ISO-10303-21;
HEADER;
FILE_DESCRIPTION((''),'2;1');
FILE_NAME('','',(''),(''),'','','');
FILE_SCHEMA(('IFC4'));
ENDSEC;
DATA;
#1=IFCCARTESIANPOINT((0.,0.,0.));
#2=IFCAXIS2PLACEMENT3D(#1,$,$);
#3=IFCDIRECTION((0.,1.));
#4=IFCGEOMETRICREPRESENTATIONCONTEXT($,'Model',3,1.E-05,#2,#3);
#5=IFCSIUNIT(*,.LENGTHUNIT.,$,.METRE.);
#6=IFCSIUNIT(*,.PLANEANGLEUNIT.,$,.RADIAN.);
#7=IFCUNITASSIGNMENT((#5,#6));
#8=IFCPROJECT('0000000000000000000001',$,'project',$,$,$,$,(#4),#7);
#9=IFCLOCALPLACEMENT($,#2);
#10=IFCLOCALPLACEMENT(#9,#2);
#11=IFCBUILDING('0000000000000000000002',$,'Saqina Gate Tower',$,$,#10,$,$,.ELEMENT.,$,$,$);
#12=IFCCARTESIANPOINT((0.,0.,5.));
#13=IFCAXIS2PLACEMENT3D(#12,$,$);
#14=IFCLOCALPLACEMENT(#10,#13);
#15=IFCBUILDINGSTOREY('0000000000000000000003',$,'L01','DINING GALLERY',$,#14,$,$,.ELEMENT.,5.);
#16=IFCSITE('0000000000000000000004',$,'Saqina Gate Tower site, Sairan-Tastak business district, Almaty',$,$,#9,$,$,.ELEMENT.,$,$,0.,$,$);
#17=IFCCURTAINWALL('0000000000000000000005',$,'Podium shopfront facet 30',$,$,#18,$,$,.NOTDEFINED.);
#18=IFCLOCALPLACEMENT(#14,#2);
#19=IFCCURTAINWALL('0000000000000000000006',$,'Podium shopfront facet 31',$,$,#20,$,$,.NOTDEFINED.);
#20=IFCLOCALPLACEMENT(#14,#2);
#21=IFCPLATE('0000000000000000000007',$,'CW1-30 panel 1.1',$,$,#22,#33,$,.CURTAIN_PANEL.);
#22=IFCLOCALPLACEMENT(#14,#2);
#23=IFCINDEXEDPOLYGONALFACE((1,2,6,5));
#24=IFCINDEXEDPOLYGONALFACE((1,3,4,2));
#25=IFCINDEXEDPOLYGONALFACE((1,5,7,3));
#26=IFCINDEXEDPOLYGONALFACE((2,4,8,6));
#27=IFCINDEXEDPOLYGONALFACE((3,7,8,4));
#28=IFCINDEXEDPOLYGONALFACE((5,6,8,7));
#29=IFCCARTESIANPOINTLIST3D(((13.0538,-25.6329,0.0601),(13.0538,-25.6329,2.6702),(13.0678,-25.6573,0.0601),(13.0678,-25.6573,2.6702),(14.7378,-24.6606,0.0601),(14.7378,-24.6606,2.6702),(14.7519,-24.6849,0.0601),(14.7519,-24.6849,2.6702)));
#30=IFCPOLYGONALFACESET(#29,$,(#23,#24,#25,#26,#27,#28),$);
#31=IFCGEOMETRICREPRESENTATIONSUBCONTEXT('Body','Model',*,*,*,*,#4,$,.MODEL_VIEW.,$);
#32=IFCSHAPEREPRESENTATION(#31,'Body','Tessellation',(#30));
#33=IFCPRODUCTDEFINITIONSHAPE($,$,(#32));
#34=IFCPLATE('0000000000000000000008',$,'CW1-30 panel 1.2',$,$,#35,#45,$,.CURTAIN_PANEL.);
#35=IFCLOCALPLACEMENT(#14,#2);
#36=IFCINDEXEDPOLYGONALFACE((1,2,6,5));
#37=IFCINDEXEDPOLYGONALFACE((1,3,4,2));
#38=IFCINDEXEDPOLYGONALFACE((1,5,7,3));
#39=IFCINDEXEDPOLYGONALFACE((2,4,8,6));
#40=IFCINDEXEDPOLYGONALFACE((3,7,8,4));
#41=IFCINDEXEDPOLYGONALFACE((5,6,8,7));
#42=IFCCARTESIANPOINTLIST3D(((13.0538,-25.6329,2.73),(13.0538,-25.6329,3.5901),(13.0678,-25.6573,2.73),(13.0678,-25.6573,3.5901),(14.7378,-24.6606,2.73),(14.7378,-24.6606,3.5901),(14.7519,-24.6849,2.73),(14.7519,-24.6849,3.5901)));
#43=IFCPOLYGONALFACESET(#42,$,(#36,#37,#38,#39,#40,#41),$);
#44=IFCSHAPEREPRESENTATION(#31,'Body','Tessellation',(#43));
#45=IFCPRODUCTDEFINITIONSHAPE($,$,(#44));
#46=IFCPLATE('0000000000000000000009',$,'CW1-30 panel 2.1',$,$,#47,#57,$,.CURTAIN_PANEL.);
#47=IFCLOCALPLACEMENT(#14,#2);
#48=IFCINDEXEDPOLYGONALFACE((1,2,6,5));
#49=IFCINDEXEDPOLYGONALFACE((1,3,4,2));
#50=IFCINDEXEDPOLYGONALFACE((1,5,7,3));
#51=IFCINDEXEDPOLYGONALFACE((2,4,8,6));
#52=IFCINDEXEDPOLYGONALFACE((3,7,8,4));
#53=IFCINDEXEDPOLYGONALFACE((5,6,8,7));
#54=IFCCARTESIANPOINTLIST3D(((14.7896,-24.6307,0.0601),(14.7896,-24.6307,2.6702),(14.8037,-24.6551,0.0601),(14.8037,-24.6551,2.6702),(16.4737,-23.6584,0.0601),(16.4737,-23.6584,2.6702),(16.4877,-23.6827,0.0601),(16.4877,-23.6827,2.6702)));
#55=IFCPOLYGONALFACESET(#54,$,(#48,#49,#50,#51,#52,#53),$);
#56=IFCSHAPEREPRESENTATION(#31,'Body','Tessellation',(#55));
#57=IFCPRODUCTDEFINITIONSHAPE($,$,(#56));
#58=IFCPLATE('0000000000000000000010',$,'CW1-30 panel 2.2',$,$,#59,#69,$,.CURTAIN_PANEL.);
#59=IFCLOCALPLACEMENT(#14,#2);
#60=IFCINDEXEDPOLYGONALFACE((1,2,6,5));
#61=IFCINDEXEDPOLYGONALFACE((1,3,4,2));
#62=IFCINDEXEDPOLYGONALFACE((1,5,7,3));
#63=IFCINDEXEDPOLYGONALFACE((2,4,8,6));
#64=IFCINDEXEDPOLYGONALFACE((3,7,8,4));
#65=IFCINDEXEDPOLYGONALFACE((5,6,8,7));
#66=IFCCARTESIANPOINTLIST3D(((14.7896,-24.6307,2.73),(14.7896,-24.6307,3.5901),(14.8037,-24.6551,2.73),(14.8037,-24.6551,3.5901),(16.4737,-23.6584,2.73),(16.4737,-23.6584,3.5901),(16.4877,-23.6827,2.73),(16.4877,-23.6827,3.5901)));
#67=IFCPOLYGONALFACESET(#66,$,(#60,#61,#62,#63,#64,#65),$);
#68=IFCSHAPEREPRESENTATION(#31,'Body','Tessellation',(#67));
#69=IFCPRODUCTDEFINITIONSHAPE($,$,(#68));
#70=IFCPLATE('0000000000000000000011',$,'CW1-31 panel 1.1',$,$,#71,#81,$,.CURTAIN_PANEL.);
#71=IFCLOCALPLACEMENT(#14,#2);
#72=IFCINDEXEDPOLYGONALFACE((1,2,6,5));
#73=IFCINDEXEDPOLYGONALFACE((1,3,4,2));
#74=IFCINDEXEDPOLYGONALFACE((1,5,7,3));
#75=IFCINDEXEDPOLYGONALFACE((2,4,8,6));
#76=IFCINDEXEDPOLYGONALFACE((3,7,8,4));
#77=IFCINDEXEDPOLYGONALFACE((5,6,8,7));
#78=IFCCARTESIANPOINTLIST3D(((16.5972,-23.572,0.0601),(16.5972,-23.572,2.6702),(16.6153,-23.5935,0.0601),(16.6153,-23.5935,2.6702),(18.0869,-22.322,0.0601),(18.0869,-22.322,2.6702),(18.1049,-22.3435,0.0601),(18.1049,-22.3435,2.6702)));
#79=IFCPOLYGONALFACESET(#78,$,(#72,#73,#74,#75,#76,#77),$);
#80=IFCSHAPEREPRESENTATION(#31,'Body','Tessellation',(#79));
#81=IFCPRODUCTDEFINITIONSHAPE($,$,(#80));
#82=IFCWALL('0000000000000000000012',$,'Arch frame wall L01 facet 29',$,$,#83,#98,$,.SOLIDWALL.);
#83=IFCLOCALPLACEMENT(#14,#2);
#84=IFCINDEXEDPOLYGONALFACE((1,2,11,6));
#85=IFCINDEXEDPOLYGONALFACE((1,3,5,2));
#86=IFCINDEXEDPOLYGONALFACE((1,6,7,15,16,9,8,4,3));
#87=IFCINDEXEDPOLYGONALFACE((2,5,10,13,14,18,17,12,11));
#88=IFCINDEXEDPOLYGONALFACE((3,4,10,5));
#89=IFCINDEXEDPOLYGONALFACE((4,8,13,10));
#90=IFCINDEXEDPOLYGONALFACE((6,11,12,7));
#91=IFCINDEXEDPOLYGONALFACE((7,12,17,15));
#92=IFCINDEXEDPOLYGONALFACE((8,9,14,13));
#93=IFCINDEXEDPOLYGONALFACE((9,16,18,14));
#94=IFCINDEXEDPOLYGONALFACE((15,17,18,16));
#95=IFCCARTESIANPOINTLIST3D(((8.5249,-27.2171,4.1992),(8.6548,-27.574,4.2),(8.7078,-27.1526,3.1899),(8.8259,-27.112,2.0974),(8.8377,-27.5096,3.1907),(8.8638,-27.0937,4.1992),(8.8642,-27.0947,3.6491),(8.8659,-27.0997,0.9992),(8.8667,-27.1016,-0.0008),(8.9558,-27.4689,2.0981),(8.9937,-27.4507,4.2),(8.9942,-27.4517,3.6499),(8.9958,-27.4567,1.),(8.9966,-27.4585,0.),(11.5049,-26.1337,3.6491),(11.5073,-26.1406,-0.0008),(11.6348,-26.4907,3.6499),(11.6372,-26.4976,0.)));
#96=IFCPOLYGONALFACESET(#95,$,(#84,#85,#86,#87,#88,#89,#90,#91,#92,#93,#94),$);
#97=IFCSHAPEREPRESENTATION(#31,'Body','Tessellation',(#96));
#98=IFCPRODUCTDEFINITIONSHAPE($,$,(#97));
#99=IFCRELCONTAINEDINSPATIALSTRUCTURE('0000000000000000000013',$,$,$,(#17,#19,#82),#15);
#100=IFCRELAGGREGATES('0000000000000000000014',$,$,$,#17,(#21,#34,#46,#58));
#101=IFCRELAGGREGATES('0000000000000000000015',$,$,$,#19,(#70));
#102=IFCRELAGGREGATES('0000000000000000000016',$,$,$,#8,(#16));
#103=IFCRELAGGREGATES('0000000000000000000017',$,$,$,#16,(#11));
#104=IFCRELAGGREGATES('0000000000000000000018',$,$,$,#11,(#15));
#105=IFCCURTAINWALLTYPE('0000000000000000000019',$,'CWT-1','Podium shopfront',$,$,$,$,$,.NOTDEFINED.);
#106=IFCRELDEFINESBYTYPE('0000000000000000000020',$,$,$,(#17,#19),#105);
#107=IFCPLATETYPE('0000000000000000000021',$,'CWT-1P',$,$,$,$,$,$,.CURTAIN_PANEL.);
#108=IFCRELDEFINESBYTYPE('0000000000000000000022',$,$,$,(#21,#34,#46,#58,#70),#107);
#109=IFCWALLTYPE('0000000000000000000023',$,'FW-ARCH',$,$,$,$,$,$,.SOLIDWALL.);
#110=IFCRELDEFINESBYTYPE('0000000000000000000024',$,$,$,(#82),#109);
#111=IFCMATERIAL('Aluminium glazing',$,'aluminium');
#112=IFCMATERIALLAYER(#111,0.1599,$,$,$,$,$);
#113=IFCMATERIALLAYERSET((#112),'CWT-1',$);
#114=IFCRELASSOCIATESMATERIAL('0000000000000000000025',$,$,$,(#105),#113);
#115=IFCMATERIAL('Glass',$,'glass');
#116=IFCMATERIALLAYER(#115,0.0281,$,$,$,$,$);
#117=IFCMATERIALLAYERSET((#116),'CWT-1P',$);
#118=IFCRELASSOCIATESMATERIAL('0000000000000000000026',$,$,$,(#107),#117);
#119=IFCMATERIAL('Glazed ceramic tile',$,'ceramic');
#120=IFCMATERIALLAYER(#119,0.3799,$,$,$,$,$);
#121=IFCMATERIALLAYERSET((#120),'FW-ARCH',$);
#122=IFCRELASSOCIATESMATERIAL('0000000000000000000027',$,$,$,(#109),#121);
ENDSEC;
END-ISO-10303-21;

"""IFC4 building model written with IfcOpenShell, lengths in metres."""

from ifc_helpers import new_model, si_unit, direction, frame, origin, origin_2d, place, context, subcontext, project, spatial, polyline, rectangle, outline, extrude, material, layer, layer_set, type_object, element, aggregate, save


model = new_model("IFC4")

# Units and contexts
model_context = context("Model", 3, precision=1e-05, world=origin(), true_north=direction((0.0, 1.0)))
body_context = subcontext(model_context, "Body", "Model", "MODEL_VIEW")
ifc_project = project(units=[si_unit("LENGTHUNIT", "METRE"), si_unit("PLANEANGLEUNIT", "RADIAN")], contexts=[model_context])

# Site, building, storey
site_placement = place(None, origin())
site = spatial("IfcSite", under=ifc_project, at=site_placement, Name="Saqina Gate Tower site, Sairan-Tastak business district, Almaty", CompositionType="ELEMENT", RefElevation=0.0)
building_placement = place(site_placement, origin())
building = spatial("IfcBuilding", under=site, at=building_placement, Name="Saqina Gate Tower", CompositionType="ELEMENT")
storey_placement = place(building_placement, frame((0.0, 0.0, 5.0)))
storey = spatial("IfcBuildingStorey", under=building, at=storey_placement, Name="L01", Description="DINING GALLERY", CompositionType="ELEMENT", Elevation=5.0)

# Curtain wall
ifc_material_1 = material(Name="Aluminium glazing", Category="aluminium")
ifc_layer_1 = layer(ifc_material_1, 0.1599)
ifc_layer_set_1 = layer_set([ifc_layer_1], Name="CWT-1")
curtain_wall_type = type_object("IfcCurtainWallType", Name="CWT-1", Description="Podium shopfront", PredefinedType="NOTDEFINED", material=ifc_layer_set_1)
curtain_wall_1_placement = place(storey_placement, origin())
curtain_wall_1 = element("IfcCurtainWall", 1, at=curtain_wall_1_placement, inside=storey, type_object=curtain_wall_type, Name="Podium shopfront facet 30", PredefinedType="NOTDEFINED")

# Curtain wall
curtain_wall_2_placement = place(storey_placement, origin())
curtain_wall_2 = element("IfcCurtainWall", 2, at=curtain_wall_2_placement, inside=storey, type_object=curtain_wall_type, Name="Podium shopfront facet 31", PredefinedType="NOTDEFINED")

# Plates
ifc_material_2 = material(Name="Glass", Category="glass")
ifc_layer_2 = layer(ifc_material_2, 0.0281)
ifc_layer_set_2 = layer_set([ifc_layer_2], Name="CWT-1P")
plate_type = type_object("IfcPlateType", Name="CWT-1P", PredefinedType="CURTAIN_PANEL", material=ifc_layer_set_2)
plate_1_placement = place(storey_placement, frame((13.9028, -25.1589, 0.0601), z_axis=(0.0, 0.0, 1.0), x_axis=(0.866017, 0.500014, 0.0)))
plate_1 = element("IfcPlate", 3, at=plate_1_placement, type_object=plate_type, Name="CW1-30 panel 1.1", PredefinedType="CURTAIN_PANEL", context=body_context, shape_type="SweptSolid", body=[
    extrude(rectangle(XDim=1.9446, YDim=0.0281, at=origin_2d()), origin(), (0.0, 0.0, 1.0), 2.6101),
])
plate_2_placement = place(storey_placement, frame((13.9028, -25.1589, 2.73), z_axis=(0.0, 0.0, 1.0), x_axis=(0.866017, 0.500014, 0.0)))
plate_2 = element("IfcPlate", 4, at=plate_2_placement, type_object=plate_type, Name="CW1-30 panel 1.2", PredefinedType="CURTAIN_PANEL", context=body_context, shape_type="SweptSolid", body=[
    extrude(rectangle(XDim=1.9446, YDim=0.0281, at=origin_2d()), origin(), (0.0, 0.0, 1.0), 0.8601),
])
plate_3_placement = place(storey_placement, frame((15.6387, -24.1567, 0.0601), z_axis=(0.0, 0.0, 1.0), x_axis=(0.866017, 0.500014, 0.0)))
plate_3 = element("IfcPlate", 5, at=plate_3_placement, type_object=plate_type, Name="CW1-30 panel 2.1", PredefinedType="CURTAIN_PANEL", context=body_context, shape_type="SweptSolid", body=[
    extrude(rectangle(XDim=1.9446, YDim=0.0281, at=origin_2d()), origin(), (0.0, 0.0, 1.0), 2.6101),
])
plate_4_placement = place(storey_placement, frame((15.6387, -24.1567, 2.73), z_axis=(0.0, 0.0, 1.0), x_axis=(0.866017, 0.500014, 0.0)))
plate_4 = element("IfcPlate", 6, at=plate_4_placement, type_object=plate_type, Name="CW1-30 panel 2.2", PredefinedType="CURTAIN_PANEL", context=body_context, shape_type="SweptSolid", body=[
    extrude(rectangle(XDim=1.9446, YDim=0.0281, at=origin_2d()), origin(), (0.0, 0.0, 1.0), 0.8601),
])
aggregate(curtain_wall_1, [plate_1, plate_2, plate_3, plate_4])
plate_5_placement = place(storey_placement, frame((17.3511, -22.9578, 0.0601), z_axis=(0.0, 0.0, 1.0), x_axis=(0.766051, 0.642779, 0.0)))
plate_5 = element("IfcPlate", 7, at=plate_5_placement, type_object=plate_type, Name="CW1-31 panel 1.1", PredefinedType="CURTAIN_PANEL", context=body_context, shape_type="SweptSolid", body=[
    extrude(rectangle(XDim=1.9446, YDim=0.0281, at=origin_2d()), origin(), (0.0, 0.0, 1.0), 2.6101),
])
aggregate(curtain_wall_2, [plate_5])

# Wall
ifc_material_3 = material(Name="Glazed ceramic tile", Category="ceramic")
ifc_layer_3 = layer(ifc_material_3, 0.3799)
ifc_layer_set_3 = layer_set([ifc_layer_3], Name="FW-ARCH")
wall_type_1 = type_object("IfcWallType", Name="FW-ARCH", PredefinedType="SOLIDWALL", material=ifc_layer_set_3)
wall_1_placement = place(storey_placement, frame((11.6372, -26.4976, 0.0), z_axis=(0.341981, -0.939705, 0.001989), x_axis=(-0.939707, -0.341982, 0.0)))
element("IfcWall", 8, at=wall_1_placement, inside=storey, type_object=wall_type_1, Name="Arch frame wall L01 facet 29", PredefinedType="SOLIDWALL", context=body_context, shape_type="SweptSolid", body=[
    extrude(outline(polyline([(0.0, 0.0), (2.81, 0.0), (2.8101, -1.0), (2.8519, -2.0981), (2.9768, -3.1907), (3.1707, -4.2), (2.8101, -4.2), (2.81, -3.6499), (0.0, -3.6499), (0.0, 0.0)])), origin(), (0.0, 0.0, -1.0), 0.3799),
])

save(model, "model.ifc")
